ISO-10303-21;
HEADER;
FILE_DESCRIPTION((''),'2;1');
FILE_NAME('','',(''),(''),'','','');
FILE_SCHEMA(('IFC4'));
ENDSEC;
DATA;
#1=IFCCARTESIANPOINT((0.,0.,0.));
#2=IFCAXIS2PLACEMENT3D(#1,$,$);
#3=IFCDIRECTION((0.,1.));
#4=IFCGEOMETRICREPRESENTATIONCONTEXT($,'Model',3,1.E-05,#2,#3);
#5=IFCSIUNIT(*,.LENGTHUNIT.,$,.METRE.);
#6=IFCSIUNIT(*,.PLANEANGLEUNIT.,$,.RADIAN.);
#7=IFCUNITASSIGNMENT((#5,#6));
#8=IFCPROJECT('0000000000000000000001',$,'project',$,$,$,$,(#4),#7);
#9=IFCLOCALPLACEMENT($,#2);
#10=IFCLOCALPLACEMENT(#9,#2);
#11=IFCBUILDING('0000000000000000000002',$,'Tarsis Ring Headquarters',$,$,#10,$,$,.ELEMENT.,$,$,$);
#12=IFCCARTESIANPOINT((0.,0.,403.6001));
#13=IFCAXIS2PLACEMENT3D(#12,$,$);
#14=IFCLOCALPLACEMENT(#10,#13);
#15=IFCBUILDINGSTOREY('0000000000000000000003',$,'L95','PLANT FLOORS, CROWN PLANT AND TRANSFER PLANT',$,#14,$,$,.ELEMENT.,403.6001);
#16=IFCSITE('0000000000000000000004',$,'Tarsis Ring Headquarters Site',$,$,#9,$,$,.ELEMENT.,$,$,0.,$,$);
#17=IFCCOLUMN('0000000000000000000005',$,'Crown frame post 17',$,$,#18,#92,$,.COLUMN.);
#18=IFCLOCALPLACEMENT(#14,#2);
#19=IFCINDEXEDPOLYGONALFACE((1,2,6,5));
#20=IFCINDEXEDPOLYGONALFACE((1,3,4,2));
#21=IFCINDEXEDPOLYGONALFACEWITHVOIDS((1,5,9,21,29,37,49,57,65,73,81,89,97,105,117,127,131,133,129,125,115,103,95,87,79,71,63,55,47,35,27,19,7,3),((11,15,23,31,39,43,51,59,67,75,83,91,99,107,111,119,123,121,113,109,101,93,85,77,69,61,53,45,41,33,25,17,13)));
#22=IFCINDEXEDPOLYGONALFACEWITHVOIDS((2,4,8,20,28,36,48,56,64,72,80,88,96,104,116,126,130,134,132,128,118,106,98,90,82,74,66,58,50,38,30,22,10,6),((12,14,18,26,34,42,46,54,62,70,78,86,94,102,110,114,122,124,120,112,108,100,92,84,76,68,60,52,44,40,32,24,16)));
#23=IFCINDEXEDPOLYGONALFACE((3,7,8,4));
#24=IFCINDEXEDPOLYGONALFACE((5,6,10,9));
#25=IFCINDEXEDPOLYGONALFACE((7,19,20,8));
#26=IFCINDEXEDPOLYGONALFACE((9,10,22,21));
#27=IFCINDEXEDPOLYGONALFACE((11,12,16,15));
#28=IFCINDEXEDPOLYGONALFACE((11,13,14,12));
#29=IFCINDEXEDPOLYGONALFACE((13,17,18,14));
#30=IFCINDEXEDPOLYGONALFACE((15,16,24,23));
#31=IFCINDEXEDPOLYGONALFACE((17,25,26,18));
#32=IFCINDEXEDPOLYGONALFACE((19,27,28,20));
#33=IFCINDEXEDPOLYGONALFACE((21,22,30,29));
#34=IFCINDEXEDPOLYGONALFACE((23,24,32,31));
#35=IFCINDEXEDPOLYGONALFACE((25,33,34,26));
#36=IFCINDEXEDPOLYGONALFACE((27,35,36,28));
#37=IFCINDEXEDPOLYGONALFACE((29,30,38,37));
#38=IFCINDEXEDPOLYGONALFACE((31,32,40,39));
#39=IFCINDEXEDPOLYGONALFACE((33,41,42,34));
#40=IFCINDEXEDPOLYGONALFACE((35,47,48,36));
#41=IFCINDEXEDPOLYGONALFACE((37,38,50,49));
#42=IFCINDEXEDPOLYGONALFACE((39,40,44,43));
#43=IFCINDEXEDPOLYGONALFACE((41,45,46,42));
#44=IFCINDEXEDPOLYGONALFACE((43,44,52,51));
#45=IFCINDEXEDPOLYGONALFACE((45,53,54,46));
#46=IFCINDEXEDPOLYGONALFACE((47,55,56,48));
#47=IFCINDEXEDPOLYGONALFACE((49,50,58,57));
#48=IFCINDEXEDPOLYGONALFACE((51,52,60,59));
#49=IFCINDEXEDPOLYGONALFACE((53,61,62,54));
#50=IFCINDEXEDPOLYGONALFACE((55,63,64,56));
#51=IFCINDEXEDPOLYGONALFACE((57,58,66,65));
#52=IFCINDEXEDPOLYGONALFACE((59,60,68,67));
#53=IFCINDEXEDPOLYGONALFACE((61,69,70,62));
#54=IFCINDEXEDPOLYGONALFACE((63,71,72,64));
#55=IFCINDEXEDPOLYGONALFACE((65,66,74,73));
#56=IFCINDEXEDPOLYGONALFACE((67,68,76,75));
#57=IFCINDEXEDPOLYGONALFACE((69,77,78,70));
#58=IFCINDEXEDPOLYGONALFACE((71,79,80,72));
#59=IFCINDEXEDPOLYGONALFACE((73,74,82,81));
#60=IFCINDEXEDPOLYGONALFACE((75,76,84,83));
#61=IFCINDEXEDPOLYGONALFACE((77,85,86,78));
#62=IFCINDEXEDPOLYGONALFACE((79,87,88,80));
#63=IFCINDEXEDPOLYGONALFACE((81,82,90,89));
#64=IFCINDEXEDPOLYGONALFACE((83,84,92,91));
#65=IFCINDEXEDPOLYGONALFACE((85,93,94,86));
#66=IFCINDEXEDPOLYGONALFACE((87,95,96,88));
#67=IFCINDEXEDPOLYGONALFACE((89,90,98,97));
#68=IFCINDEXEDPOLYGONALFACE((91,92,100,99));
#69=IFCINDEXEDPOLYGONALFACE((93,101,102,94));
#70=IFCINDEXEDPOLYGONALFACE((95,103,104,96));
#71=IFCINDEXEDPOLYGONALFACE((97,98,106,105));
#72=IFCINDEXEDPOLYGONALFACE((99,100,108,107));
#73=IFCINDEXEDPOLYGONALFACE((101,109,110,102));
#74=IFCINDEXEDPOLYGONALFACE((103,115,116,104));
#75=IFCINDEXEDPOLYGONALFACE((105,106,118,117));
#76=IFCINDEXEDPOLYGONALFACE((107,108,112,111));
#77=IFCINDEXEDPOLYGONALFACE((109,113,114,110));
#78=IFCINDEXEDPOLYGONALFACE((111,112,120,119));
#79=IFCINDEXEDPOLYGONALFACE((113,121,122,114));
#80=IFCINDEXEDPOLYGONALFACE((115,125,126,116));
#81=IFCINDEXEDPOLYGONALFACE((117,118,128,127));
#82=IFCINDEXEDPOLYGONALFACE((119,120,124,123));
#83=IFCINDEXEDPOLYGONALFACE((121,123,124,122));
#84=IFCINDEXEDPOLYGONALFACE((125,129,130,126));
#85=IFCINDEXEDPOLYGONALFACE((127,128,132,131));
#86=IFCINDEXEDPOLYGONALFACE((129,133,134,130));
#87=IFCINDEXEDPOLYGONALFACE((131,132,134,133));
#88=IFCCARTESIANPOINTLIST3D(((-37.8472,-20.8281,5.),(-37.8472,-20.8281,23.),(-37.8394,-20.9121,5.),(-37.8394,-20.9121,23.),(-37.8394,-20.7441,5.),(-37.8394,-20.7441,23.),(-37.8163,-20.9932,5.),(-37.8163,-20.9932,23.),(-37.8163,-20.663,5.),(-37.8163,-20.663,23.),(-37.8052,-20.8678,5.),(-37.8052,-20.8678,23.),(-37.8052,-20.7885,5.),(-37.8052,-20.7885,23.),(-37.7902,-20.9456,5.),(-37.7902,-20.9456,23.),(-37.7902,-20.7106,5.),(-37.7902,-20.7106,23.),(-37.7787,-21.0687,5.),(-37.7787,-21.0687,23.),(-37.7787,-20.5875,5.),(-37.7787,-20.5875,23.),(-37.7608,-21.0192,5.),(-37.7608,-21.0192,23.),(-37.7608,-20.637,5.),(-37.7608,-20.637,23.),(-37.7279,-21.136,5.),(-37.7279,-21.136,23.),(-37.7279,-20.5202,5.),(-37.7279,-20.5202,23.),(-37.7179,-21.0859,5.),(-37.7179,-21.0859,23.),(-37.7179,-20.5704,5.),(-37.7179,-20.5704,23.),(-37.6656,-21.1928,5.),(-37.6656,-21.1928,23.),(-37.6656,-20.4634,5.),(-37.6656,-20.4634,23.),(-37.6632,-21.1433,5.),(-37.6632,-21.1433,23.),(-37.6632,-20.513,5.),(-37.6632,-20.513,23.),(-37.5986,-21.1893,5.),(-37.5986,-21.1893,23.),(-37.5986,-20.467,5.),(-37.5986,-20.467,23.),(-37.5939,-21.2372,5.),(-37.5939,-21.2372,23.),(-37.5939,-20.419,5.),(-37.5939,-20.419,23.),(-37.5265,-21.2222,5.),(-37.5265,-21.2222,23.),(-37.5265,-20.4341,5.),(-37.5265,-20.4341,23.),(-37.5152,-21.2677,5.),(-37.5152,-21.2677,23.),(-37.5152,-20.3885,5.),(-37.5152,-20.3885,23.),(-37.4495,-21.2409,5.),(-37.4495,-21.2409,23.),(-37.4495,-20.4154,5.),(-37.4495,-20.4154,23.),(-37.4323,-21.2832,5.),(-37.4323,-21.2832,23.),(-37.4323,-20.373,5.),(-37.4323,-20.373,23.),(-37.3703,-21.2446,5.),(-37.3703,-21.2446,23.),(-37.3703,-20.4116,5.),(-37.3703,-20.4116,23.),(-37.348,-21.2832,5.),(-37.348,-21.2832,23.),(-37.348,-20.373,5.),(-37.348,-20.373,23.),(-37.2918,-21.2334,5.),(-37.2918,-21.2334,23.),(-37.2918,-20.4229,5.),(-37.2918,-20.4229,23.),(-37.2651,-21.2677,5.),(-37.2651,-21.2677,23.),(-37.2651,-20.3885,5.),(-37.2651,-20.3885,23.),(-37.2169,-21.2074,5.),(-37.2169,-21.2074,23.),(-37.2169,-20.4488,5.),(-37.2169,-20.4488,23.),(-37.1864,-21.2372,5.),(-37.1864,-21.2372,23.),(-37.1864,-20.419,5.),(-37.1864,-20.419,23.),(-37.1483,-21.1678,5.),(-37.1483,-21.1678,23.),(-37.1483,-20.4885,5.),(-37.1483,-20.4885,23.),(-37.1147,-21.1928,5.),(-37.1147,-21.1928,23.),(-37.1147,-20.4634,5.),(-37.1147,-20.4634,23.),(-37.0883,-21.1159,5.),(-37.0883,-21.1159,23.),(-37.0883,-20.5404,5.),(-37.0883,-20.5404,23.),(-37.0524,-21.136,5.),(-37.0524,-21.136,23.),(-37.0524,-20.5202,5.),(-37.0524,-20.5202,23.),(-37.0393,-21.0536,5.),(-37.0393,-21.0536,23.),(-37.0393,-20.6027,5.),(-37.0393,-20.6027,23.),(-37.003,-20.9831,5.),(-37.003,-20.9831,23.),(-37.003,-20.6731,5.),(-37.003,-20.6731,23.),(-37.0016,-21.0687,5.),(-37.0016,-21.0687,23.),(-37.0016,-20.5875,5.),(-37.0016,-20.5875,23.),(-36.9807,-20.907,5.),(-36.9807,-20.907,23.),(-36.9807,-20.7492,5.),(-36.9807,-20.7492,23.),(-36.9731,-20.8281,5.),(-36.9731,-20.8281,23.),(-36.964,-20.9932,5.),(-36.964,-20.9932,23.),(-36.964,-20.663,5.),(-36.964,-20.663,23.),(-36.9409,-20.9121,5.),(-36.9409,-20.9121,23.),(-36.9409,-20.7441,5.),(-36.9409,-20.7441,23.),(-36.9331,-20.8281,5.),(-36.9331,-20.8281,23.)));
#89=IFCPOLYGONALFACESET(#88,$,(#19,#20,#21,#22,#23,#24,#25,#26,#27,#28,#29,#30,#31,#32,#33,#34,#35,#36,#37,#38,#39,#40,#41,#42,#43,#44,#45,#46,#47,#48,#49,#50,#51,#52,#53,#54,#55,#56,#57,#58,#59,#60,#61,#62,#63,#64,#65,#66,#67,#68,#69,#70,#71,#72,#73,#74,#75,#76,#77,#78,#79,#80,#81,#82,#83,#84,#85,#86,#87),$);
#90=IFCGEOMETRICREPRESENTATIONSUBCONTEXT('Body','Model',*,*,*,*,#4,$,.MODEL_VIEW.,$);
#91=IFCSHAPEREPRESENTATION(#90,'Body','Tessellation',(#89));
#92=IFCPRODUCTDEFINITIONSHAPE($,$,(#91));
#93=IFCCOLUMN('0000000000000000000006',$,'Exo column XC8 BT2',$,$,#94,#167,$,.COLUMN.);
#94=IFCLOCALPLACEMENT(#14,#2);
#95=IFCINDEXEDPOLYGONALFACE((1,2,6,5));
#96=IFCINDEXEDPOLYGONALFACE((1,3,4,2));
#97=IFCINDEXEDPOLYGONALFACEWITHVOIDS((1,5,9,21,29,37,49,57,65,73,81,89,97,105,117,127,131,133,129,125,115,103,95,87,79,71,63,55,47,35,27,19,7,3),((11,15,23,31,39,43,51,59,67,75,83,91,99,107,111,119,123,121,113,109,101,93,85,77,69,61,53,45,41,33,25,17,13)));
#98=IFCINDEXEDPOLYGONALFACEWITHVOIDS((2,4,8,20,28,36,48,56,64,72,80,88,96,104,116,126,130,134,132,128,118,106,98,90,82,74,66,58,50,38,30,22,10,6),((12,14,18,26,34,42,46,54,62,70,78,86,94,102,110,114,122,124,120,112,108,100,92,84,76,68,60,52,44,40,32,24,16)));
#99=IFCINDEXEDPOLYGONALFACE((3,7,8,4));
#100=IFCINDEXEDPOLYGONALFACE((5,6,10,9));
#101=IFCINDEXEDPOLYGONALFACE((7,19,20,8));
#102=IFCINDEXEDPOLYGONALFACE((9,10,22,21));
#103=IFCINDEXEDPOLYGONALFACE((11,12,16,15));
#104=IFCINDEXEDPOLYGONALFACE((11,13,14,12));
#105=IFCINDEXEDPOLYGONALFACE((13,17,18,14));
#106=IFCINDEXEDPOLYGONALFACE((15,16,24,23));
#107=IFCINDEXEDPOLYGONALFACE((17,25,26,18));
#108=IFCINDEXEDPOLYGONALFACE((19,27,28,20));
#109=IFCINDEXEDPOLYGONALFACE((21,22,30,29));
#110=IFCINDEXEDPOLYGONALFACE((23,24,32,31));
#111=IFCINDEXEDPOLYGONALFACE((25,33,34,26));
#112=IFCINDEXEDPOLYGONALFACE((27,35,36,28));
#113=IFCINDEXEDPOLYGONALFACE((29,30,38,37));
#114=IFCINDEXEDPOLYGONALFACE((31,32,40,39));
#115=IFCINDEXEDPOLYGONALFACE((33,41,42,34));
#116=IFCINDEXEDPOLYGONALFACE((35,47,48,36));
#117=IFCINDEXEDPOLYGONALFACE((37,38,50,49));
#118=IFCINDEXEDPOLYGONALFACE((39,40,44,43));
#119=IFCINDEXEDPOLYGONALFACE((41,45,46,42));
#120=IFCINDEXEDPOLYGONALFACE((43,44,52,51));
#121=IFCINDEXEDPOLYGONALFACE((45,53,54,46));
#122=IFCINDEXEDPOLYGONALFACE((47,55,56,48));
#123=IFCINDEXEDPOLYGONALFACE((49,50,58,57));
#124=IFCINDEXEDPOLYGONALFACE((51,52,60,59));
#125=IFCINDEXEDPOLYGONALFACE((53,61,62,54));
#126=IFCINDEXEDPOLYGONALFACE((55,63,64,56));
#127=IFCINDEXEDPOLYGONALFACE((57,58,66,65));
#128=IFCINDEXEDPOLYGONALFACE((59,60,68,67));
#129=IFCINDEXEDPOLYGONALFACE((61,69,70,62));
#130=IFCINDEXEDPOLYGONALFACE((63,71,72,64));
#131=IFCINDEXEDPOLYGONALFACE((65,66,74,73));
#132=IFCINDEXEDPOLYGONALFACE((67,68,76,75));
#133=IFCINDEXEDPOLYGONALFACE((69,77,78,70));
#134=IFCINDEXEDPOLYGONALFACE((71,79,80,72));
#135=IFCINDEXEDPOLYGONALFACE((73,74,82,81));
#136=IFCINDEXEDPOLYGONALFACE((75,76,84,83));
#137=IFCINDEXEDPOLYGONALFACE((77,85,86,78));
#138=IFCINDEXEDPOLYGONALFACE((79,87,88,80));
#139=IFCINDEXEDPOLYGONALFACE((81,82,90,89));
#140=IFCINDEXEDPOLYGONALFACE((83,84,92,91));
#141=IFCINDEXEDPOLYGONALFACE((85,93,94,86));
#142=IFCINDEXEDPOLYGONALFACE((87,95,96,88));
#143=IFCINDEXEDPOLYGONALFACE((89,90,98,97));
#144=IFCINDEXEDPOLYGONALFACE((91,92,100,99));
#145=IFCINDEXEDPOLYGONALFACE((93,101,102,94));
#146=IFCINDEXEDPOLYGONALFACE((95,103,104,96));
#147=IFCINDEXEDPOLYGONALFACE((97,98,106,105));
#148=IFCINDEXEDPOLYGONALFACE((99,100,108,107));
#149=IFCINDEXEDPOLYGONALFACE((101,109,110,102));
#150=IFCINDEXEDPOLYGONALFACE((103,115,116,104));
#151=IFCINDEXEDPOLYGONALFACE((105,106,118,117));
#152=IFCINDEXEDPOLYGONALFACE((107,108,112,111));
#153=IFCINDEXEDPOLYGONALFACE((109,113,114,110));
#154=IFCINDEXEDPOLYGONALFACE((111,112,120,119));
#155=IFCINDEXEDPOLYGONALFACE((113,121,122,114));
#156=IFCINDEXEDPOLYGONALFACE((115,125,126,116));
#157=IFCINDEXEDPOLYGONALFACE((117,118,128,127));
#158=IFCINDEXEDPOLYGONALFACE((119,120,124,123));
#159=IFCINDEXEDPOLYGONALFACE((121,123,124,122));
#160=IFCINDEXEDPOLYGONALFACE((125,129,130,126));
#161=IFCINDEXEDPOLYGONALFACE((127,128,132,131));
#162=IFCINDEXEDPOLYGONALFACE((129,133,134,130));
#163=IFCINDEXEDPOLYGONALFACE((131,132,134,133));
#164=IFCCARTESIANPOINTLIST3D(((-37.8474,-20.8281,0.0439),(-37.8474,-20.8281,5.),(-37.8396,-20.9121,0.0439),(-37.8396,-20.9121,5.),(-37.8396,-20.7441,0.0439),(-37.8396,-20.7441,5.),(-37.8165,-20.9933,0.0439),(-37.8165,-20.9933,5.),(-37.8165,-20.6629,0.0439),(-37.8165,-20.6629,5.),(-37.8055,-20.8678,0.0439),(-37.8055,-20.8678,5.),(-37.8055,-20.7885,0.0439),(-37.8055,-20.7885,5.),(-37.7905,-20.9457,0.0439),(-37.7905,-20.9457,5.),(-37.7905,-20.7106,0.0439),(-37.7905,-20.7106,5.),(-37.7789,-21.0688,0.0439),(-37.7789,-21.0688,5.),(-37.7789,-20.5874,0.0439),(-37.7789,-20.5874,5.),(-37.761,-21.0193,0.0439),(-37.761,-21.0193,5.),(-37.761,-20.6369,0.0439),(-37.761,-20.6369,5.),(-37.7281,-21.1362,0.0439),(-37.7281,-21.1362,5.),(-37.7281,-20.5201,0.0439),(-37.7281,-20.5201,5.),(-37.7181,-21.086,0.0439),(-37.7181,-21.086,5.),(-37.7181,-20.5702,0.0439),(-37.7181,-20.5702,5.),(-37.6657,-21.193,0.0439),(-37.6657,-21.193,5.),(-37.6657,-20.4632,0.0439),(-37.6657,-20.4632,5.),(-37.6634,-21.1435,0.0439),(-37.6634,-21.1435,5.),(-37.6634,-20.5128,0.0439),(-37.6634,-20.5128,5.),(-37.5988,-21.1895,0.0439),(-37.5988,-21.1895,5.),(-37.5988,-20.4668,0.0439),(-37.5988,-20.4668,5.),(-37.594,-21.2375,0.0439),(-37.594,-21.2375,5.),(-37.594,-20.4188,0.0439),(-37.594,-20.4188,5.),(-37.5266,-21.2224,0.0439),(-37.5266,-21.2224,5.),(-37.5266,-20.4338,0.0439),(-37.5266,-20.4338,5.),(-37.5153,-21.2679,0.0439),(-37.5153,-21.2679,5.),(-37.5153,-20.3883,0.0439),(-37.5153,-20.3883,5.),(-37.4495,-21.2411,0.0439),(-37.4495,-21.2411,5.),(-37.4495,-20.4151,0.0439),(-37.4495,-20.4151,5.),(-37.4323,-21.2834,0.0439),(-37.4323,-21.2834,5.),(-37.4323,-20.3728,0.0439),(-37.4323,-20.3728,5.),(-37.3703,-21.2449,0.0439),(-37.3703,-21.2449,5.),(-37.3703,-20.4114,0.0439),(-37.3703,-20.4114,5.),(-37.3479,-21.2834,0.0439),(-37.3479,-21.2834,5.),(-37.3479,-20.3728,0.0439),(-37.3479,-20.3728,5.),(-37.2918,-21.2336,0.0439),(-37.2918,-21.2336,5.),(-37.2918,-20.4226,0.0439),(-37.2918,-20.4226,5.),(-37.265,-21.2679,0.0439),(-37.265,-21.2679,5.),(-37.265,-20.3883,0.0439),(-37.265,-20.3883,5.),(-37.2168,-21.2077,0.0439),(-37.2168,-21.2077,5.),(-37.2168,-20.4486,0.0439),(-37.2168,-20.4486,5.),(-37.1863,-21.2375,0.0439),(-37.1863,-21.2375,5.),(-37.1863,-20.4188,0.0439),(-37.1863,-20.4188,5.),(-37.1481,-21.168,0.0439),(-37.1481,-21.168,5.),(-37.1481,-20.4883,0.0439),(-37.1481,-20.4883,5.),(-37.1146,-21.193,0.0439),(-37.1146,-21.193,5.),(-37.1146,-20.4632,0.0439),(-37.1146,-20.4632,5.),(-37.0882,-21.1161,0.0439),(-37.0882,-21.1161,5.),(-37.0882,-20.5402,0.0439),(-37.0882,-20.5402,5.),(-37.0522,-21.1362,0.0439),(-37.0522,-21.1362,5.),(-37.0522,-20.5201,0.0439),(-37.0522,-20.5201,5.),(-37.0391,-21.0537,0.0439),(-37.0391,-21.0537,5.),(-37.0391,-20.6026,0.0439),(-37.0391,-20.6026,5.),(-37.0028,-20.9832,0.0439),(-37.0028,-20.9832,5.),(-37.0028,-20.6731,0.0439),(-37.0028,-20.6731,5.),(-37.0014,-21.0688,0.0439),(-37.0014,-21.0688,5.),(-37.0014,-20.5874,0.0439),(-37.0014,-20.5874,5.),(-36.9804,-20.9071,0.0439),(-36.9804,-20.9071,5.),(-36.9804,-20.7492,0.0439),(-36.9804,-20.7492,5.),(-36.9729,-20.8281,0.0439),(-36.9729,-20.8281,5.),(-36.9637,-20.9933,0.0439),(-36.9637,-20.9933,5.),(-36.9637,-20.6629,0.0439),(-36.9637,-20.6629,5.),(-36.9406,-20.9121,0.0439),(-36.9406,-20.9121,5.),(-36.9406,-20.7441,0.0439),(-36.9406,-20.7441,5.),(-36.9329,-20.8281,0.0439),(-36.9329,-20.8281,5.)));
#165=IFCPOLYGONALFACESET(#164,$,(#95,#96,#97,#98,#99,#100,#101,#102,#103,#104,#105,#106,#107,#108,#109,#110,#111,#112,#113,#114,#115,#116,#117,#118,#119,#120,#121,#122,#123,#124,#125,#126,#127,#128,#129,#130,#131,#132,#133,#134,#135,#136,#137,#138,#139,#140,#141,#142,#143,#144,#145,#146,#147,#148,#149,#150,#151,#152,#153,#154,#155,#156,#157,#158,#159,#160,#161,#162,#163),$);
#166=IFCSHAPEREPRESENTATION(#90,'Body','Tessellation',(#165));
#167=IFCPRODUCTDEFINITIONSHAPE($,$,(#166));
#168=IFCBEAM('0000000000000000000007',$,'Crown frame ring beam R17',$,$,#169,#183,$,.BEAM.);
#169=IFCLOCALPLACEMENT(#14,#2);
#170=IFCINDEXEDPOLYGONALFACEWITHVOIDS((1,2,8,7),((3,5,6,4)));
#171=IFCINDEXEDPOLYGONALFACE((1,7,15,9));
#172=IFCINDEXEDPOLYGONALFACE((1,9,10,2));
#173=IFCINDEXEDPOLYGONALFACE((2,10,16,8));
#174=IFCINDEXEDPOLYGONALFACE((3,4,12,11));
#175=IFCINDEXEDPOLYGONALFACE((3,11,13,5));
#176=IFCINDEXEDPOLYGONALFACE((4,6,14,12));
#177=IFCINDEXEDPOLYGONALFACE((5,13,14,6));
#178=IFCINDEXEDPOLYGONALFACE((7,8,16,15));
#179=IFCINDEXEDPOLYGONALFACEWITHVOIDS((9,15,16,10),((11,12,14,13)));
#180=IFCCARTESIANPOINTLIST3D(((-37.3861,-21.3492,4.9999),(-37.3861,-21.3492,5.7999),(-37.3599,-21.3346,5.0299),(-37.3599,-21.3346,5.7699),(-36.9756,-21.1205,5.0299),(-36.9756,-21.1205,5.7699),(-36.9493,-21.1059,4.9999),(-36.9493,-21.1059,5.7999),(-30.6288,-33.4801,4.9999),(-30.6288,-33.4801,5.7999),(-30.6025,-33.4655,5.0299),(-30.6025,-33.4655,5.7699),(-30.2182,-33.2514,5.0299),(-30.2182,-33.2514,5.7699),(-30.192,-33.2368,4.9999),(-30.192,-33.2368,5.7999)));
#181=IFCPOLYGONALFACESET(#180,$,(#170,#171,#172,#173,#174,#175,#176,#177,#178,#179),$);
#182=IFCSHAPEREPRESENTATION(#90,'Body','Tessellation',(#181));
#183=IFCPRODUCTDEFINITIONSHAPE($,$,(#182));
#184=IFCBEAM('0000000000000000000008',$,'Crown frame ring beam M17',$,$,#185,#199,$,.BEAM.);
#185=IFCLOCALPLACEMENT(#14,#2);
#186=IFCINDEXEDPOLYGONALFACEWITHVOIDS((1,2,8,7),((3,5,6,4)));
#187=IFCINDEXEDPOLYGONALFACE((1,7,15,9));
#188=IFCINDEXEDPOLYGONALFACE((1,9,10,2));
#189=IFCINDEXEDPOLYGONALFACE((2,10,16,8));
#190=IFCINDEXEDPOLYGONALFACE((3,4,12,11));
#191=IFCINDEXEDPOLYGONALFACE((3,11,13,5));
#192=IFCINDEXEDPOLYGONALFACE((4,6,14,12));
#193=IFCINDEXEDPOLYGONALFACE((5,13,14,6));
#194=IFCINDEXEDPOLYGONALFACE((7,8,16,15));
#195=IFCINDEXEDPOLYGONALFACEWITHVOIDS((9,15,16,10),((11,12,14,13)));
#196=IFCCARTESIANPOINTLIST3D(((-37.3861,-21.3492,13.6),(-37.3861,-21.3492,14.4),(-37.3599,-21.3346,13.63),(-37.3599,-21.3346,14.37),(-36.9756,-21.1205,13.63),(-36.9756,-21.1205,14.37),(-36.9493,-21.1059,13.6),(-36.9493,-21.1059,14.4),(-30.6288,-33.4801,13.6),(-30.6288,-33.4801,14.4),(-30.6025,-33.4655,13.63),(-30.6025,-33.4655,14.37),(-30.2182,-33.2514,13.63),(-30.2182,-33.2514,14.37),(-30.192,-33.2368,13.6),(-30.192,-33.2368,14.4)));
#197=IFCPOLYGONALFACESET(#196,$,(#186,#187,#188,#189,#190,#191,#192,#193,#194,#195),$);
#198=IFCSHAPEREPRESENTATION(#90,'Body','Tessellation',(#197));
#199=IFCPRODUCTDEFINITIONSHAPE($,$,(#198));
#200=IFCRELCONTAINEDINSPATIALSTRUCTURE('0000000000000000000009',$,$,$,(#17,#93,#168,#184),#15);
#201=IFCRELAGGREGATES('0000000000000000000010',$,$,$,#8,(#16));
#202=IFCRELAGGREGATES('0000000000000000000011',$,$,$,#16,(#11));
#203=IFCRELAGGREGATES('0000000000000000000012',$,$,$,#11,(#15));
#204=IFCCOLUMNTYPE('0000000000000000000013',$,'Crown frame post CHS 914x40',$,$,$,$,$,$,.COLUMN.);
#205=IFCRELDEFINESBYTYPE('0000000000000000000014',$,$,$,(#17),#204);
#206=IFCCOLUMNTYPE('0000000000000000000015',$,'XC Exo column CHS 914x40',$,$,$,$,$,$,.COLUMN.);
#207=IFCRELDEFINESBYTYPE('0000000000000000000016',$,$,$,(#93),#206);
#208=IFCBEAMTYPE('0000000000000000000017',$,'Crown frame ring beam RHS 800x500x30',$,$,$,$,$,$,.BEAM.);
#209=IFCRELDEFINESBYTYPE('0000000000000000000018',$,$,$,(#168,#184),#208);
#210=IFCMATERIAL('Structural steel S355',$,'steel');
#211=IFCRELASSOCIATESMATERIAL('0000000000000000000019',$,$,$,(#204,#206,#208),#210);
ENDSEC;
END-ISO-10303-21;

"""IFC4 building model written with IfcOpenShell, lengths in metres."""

from ifc_helpers import new_model, si_unit, direction, frame, origin, origin_2d, place, context, subcontext, project, spatial, hollow_rectangle, hollow_circle, extrude, material, material_profile, profile_set, type_object, element, save


model = new_model("IFC4")

# Units and contexts
model_context = context("Model", 3, precision=1e-05, world=origin(), true_north=direction((0.0, 1.0)))
body_context = subcontext(model_context, "Body", "Model", "MODEL_VIEW")
ifc_project = project(units=[si_unit("LENGTHUNIT", "METRE"), si_unit("PLANEANGLEUNIT", "RADIAN")], contexts=[model_context])

# Site, building, storey
site_placement = place(None, origin())
site = spatial("IfcSite", under=ifc_project, at=site_placement, Name="Tarsis Ring Headquarters Site", CompositionType="ELEMENT", RefElevation=0.0)
building_placement = place(site_placement, origin())
building = spatial("IfcBuilding", under=site, at=building_placement, Name="Tarsis Ring Headquarters", CompositionType="ELEMENT")
storey_placement = place(building_placement, frame((0.0, 0.0, 403.6001)))
storey = spatial("IfcBuildingStorey", under=building, at=storey_placement, Name="L95", Description="PLANT FLOORS, CROWN PLANT AND TRANSFER PLANT", CompositionType="ELEMENT", Elevation=403.6001)

# Columns
ifc_material_1 = material(Name="Structural steel S355", Category="steel")
ifc_material_profile_1 = material_profile(ifc_material_1, hollow_circle(Radius=0.457, WallThickness=0.04, at=origin_2d()), Name="CHS 914x40")
ifc_profile_set_1 = profile_set([ifc_material_profile_1], Name="Structural steel S355")
column_type_1 = type_object("IfcColumnType", Name="Crown frame post CHS 914x40", PredefinedType="COLUMN", material=ifc_profile_set_1)
column_1_placement = place(storey_placement, frame((-37.3901, -20.8281, 5.0), z_axis=(0.0, 0.0, 1.0), x_axis=(1.0, 0.0, 0.0)))
element("IfcColumn", 1, at=column_1_placement, inside=storey, type_object=column_type_1, Name="Crown frame post 17", PredefinedType="COLUMN", context=body_context, shape_type="SweptSolid", body=[
    extrude(hollow_circle(Radius=0.457, WallThickness=0.04, at=origin_2d()), origin(), (0.0, 0.0, 1.0), 18.0),
])
column_type_2 = type_object("IfcColumnType", Name="XC Exo column CHS 914x40", PredefinedType="COLUMN", material=ifc_profile_set_1)
column_2_placement = place(storey_placement, frame((-37.3901, -20.8281, 0.0439), z_axis=(0.0, 0.0, 1.0), x_axis=(1.0, 0.0, 0.0)))
element("IfcColumn", 2, at=column_2_placement, inside=storey, type_object=column_type_2, Name="Exo column XC8 BT2", PredefinedType="COLUMN", context=body_context, shape_type="SweptSolid", body=[
    extrude(hollow_circle(Radius=0.4573, WallThickness=0.04, at=origin_2d()), origin(), (0.0, 0.0, 1.0), 4.9561),
])

# Beams
ifc_material_profile_2 = material_profile(ifc_material_1, hollow_rectangle(XDim=0.5, YDim=0.8, WallThickness=0.03, at=origin_2d()), Name="RHS 800x500x30")
ifc_profile_set_2 = profile_set([ifc_material_profile_2], Name="Structural steel S355")
beam_type_1 = type_object("IfcBeamType", Name="Crown frame ring beam RHS 800x500x30", PredefinedType="BEAM", material=ifc_profile_set_2)
for number, where, z_axis, x_axis, name in (
    (3, (-37.1677, -21.2275, 5.3999), (0.486631, -0.873608, 0.0), (0.873608, 0.486631, 0.0), "Crown frame ring beam R17"),
    (4, (-37.1677, -21.2275, 14.0), (0.486631, -0.873608, 0.0), (0.873608, 0.486631, 0.0), "Crown frame ring beam M17"),
):
    element("IfcBeam", number, at=place(storey_placement, frame(where, z_axis=z_axis, x_axis=x_axis)), inside=storey, type_object=beam_type_1, Name=name, PredefinedType="BEAM", context=body_context, shape_type="SweptSolid", body=[
        extrude(hollow_rectangle(XDim=0.5, YDim=0.8, WallThickness=0.03, at=origin_2d()), origin(), (0.0, 0.0, 1.0), 13.886),
    ])

save(model, "model.ifc")
